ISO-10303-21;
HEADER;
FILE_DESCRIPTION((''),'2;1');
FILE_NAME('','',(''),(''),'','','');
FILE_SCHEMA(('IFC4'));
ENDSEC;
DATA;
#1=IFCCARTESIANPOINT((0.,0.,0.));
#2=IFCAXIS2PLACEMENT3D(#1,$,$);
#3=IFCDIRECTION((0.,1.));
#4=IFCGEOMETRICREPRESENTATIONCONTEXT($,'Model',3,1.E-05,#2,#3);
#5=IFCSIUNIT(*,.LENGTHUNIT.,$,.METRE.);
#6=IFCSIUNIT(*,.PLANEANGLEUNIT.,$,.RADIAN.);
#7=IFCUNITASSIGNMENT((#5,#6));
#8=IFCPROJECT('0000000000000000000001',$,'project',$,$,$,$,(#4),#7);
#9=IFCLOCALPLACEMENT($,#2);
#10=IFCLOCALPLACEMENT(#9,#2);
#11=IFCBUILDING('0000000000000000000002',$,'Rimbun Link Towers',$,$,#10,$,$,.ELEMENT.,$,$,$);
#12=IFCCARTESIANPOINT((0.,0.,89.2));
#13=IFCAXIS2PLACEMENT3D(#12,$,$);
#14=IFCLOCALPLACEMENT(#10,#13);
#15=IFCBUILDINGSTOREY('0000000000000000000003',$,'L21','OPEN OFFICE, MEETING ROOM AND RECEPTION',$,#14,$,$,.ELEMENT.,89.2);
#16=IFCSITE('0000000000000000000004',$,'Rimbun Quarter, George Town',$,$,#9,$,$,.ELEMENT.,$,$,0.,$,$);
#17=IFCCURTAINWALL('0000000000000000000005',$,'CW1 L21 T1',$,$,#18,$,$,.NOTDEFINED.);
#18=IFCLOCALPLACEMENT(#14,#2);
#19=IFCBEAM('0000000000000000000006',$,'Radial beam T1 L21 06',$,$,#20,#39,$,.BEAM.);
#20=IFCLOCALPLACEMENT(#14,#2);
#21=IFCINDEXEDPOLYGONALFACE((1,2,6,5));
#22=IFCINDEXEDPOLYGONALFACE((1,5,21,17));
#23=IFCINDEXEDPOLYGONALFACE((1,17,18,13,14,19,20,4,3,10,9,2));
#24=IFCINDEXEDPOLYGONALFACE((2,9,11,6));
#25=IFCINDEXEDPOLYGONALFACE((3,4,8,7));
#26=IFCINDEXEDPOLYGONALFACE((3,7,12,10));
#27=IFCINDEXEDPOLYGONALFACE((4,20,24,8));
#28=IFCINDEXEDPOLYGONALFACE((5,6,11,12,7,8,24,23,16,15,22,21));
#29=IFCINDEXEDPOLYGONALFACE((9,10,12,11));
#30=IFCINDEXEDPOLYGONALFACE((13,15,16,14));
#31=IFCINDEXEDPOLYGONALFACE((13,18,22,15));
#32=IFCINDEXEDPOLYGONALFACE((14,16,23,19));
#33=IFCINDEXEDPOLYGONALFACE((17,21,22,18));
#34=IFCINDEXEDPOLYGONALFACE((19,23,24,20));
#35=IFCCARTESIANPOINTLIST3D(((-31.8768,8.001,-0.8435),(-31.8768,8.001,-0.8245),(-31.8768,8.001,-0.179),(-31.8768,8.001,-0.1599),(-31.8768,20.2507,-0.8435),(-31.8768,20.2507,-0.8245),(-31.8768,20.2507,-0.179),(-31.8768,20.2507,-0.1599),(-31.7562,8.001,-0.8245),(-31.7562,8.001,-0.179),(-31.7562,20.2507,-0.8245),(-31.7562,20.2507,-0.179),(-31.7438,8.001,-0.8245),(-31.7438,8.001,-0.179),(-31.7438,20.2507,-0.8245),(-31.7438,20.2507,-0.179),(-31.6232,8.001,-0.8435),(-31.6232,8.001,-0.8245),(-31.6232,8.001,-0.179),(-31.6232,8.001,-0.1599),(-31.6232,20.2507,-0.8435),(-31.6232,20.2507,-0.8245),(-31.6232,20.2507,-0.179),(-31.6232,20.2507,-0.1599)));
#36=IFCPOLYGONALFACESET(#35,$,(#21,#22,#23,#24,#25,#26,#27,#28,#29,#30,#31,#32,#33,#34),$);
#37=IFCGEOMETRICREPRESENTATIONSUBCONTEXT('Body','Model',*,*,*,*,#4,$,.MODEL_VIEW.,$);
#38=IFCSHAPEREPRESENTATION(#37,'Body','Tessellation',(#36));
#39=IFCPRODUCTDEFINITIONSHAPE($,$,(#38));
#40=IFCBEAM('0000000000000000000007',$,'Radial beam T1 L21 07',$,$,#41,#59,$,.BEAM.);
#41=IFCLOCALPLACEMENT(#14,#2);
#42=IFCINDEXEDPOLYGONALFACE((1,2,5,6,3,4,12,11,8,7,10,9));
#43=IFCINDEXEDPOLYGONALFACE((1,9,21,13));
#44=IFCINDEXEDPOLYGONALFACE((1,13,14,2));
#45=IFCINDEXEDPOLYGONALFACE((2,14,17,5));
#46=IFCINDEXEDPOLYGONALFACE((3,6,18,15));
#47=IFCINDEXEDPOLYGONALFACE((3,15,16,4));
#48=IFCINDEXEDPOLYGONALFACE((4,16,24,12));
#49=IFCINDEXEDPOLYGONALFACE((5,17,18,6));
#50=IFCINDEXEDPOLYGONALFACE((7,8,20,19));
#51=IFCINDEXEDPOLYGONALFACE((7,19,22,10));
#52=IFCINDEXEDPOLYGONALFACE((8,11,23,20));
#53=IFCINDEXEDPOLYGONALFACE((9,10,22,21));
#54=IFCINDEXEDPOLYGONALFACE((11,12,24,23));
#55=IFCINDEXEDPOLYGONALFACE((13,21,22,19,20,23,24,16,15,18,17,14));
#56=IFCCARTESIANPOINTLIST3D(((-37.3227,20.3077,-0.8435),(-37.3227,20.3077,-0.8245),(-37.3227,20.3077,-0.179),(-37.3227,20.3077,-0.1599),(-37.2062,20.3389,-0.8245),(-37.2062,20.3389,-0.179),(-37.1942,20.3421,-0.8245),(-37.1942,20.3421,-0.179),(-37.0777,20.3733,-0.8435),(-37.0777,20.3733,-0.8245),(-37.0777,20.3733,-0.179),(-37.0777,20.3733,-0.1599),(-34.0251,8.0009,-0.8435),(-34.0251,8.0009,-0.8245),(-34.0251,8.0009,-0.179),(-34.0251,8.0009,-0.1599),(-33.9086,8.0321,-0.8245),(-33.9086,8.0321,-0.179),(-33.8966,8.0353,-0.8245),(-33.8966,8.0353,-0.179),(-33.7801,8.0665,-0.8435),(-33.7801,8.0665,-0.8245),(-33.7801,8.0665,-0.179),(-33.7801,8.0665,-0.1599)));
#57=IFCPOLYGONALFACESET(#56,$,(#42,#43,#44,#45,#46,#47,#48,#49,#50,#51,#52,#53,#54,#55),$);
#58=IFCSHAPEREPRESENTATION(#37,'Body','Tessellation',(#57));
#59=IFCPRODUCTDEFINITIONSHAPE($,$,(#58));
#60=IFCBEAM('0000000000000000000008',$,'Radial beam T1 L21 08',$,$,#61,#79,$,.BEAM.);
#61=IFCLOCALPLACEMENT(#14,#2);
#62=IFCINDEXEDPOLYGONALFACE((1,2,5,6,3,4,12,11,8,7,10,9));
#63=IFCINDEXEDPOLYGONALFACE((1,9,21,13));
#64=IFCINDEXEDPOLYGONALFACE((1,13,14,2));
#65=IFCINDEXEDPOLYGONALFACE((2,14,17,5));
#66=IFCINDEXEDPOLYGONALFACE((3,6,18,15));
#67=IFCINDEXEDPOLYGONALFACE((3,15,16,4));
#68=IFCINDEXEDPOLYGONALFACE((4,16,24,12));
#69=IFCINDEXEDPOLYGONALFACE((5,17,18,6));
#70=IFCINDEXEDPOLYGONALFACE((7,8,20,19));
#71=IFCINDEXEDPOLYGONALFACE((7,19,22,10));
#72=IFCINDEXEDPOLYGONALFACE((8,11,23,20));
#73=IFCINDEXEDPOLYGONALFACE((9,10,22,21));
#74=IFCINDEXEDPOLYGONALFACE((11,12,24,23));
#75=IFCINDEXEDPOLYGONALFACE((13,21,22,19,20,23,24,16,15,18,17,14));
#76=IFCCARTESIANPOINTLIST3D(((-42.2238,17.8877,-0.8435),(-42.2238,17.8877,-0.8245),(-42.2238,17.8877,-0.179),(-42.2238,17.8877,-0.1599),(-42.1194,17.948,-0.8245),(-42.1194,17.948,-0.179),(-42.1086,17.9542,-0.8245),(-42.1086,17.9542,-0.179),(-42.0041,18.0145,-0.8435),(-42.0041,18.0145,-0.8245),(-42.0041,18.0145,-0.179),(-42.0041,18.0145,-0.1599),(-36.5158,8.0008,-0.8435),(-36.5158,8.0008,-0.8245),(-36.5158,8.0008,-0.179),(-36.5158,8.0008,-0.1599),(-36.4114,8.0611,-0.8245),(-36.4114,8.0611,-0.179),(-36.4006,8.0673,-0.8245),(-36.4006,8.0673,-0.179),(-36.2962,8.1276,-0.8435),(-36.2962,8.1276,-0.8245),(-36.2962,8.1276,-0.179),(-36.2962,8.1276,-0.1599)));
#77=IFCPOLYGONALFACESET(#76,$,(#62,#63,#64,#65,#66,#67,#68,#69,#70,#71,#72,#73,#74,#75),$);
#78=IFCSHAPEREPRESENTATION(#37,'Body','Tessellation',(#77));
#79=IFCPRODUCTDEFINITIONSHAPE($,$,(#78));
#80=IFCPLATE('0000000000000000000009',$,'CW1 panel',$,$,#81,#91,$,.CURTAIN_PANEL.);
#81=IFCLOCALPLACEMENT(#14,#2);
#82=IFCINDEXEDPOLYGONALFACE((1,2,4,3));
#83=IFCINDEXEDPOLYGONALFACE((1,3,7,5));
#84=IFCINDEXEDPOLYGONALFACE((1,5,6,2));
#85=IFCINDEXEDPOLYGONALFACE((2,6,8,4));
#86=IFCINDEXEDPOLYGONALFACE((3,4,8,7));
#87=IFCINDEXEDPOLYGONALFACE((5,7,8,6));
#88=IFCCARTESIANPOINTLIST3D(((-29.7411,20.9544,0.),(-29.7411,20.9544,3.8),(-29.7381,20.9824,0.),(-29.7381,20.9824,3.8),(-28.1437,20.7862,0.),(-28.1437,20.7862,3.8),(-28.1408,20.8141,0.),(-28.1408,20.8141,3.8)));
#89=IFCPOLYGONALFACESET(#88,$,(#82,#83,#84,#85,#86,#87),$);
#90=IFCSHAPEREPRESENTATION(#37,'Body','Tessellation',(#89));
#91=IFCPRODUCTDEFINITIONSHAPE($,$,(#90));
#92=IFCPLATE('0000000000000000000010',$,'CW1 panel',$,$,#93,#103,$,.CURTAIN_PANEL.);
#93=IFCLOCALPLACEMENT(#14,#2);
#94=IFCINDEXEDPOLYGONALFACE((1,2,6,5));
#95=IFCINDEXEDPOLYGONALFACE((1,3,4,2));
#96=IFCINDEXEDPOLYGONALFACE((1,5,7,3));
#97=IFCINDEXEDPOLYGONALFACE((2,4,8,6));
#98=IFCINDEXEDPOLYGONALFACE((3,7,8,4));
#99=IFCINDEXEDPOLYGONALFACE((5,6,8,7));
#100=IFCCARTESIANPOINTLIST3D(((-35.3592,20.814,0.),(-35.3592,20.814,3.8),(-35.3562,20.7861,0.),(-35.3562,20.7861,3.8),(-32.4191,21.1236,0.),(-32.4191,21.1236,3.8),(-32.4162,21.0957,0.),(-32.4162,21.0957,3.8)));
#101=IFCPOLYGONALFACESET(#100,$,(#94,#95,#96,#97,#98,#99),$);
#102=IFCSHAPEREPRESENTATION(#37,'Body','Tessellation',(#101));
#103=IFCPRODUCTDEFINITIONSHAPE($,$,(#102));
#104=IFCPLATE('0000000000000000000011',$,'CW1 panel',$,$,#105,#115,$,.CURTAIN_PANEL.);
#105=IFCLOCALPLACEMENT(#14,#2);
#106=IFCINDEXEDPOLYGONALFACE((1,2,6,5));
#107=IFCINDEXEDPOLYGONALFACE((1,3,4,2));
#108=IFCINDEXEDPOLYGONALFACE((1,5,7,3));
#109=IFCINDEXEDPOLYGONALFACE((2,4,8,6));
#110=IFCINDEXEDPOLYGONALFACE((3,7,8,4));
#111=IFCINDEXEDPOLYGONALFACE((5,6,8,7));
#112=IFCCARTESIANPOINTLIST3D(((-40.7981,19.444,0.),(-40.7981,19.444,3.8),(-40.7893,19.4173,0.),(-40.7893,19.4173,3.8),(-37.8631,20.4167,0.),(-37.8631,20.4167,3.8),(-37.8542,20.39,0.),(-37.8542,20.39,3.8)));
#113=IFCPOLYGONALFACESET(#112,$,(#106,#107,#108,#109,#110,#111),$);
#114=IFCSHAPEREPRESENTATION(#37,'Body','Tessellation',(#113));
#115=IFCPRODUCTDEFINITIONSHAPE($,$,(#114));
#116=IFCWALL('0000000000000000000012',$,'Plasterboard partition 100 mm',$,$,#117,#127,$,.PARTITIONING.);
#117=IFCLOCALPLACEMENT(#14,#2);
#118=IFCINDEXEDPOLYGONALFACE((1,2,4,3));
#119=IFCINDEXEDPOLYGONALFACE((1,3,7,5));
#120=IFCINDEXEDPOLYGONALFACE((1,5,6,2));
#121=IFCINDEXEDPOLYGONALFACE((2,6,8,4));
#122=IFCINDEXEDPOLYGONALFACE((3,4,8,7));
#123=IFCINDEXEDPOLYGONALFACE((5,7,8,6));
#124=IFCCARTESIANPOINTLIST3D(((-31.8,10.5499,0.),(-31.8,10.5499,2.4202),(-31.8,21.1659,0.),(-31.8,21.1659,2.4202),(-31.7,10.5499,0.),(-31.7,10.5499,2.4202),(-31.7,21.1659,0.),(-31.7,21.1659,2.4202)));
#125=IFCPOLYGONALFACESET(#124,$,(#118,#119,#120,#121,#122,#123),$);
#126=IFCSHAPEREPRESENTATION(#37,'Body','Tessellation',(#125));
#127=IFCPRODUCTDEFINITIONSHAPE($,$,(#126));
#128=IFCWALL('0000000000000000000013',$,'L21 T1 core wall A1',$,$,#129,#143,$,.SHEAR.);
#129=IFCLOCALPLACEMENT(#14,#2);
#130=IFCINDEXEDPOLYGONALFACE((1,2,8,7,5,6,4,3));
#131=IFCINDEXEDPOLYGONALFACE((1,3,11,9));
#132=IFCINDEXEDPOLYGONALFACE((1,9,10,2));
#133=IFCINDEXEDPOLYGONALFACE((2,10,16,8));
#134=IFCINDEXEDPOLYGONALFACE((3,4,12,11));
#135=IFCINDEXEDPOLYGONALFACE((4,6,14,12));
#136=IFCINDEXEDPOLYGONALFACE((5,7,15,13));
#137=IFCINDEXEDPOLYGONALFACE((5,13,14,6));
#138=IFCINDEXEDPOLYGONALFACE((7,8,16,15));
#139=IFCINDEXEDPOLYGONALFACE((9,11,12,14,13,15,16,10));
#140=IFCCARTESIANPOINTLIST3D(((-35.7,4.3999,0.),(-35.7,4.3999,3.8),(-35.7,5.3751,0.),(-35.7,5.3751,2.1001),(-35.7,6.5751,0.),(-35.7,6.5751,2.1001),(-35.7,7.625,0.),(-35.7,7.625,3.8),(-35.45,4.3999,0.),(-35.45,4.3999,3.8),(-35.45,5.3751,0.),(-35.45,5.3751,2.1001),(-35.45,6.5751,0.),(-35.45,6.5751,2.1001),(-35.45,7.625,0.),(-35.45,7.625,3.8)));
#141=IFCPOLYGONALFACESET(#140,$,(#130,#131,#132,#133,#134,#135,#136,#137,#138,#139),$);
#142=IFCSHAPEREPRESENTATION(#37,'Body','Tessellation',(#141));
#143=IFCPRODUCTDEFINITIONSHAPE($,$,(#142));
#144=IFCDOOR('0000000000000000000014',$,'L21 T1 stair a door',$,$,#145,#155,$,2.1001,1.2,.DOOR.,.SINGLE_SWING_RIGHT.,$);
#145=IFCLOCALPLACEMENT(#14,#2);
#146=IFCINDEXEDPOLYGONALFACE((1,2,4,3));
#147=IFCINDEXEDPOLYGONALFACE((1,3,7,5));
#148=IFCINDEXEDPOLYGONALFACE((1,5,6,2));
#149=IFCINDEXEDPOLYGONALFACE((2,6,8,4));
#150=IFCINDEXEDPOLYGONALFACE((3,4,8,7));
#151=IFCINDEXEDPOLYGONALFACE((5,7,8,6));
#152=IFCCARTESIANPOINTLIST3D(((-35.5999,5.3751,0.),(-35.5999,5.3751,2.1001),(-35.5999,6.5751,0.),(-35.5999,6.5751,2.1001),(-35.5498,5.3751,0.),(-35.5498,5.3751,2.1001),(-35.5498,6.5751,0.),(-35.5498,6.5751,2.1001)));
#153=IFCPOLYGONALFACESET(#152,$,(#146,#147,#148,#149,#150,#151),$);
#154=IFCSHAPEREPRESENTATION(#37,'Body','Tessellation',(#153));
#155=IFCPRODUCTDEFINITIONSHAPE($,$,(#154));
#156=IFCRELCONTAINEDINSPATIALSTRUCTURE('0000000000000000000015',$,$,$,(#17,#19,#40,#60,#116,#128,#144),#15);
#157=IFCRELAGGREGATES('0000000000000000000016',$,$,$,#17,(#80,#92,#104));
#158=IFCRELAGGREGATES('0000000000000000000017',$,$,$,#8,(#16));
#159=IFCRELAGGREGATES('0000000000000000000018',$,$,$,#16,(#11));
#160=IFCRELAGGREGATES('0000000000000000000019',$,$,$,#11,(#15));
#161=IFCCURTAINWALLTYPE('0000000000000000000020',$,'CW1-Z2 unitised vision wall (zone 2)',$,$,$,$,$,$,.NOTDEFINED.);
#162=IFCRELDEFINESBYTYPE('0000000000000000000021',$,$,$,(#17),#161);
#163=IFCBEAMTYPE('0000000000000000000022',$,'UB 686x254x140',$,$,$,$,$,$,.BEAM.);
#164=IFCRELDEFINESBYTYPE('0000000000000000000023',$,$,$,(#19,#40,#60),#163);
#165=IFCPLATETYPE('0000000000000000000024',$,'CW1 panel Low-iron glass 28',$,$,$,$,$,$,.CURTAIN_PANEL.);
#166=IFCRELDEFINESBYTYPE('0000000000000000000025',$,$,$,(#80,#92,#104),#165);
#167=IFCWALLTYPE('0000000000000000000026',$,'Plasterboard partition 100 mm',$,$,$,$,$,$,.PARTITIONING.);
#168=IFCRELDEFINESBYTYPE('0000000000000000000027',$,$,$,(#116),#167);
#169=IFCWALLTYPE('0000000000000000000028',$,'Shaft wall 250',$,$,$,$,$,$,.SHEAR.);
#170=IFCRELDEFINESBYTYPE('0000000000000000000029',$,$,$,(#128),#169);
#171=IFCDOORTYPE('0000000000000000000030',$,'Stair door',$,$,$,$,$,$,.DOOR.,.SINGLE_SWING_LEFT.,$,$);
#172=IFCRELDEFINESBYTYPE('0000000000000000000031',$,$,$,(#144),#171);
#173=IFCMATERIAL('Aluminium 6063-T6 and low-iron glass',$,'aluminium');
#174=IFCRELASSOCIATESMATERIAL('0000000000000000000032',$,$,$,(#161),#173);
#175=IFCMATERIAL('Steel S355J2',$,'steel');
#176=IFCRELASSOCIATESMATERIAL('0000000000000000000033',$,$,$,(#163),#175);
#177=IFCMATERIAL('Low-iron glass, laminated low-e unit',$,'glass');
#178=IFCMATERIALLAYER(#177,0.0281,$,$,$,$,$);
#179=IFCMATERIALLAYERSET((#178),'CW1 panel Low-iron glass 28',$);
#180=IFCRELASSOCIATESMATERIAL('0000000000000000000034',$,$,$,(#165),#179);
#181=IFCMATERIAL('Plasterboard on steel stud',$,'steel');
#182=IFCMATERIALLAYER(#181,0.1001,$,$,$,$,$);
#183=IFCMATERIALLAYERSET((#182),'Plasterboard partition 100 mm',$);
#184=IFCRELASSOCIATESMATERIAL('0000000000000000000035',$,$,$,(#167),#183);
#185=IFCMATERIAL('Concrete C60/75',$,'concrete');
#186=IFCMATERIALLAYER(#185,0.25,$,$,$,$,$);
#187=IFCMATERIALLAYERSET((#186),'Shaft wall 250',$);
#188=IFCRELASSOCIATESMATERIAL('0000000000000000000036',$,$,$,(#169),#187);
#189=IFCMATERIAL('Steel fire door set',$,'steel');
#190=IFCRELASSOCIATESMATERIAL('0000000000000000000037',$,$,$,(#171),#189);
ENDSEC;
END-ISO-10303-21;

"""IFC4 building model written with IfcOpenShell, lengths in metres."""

from ifc_helpers import new_model, si_unit, direction, frame, frame_2d, origin, origin_2d, place, context, subcontext, project, spatial, rectangle, i_section, extrude, material, layer, layer_set, material_profile, profile_set, type_object, element, fill, aggregate, save


model = new_model("IFC4")

# Units and contexts
model_context = context("Model", 3, precision=1e-05, world=origin(), true_north=direction((0.0, 1.0)))
body_context = subcontext(model_context, "Body", "Model", "MODEL_VIEW")
ifc_project = project(units=[si_unit("LENGTHUNIT", "METRE"), si_unit("PLANEANGLEUNIT", "RADIAN")], contexts=[model_context])

# Site, building, storey
site_placement = place(None, origin())
site = spatial("IfcSite", under=ifc_project, at=site_placement, Name="Rimbun Quarter, George Town", CompositionType="ELEMENT", RefElevation=0.0)
building_placement = place(site_placement, origin())
building = spatial("IfcBuilding", under=site, at=building_placement, Name="Rimbun Link Towers", CompositionType="ELEMENT")
storey_placement = place(building_placement, frame((0.0, 0.0, 89.2)))
storey = spatial("IfcBuildingStorey", under=building, at=storey_placement, Name="L21", Description="OPEN OFFICE, MEETING ROOM AND RECEPTION", CompositionType="ELEMENT", Elevation=89.2)

# Curtain wall
ifc_material_1 = material(Name="Aluminium 6063-T6 and low-iron glass", Category="aluminium")
curtain_wall_type = type_object("IfcCurtainWallType", Name="CW1-Z2 unitised vision wall (zone 2)", PredefinedType="NOTDEFINED", material=ifc_material_1)
curtain_wall_placement = place(storey_placement, origin())
curtain_wall = element("IfcCurtainWall", 1, at=curtain_wall_placement, inside=storey, type_object=curtain_wall_type, Name="CW1 L21 T1", PredefinedType="NOTDEFINED")

# Beams
ifc_material_2 = material(Name="Steel S355J2", Category="steel")
ifc_material_profile_1 = material_profile(ifc_material_2, i_section(OverallWidth=0.2537, OverallDepth=0.6836, WebThickness=0.0125, FlangeThickness=0.019, at=origin_2d()), Name="UB 686x254x140")
ifc_profile_set_1 = profile_set([ifc_material_profile_1], Name="Steel S355J2")
beam_type_1 = type_object("IfcBeamType", Name="UB 686x254x140", PredefinedType="BEAM", material=ifc_profile_set_1)
beam_1_placement = place(storey_placement, frame((-31.75, 8.001, -0.5017), z_axis=(0.0, 1.0, 0.0), x_axis=(-1.0, 0.0, 0.0)))
element("IfcBeam", 2, at=beam_1_placement, inside=storey, type_object=beam_type_1, Name="Radial beam T1 L21 06", PredefinedType="BEAM", context=body_context, shape_type="SweptSolid", body=[
    extrude(i_section(OverallWidth=0.2537, OverallDepth=0.6836, WebThickness=0.0125, FlangeThickness=0.019, at=origin_2d()), origin(), (0.0, 0.0, 1.0), 12.2498),
])
beam_2_placement = place(storey_placement, frame((-33.9026, 8.0337, -0.5017), z_axis=(-0.258818, 0.965926, 0.0), x_axis=(-0.965926, -0.258818, 0.0)))
element("IfcBeam", 3, at=beam_2_placement, inside=storey, type_object=beam_type_1, Name="Radial beam T1 L21 07", PredefinedType="BEAM", context=body_context, shape_type="SweptSolid", body=[
    extrude(i_section(OverallWidth=0.2537, OverallDepth=0.6836, WebThickness=0.0125, FlangeThickness=0.019, at=origin_2d()), origin(), (0.0, 0.0, 1.0), 12.741),
])
beam_3_placement = place(storey_placement, frame((-36.406, 8.0642, -0.5017), z_axis=(-0.499985, 0.866034, 0.0), x_axis=(-0.866034, -0.499985, 0.0)))
element("IfcBeam", 4, at=beam_3_placement, inside=storey, type_object=beam_type_1, Name="Radial beam T1 L21 08", PredefinedType="BEAM", context=body_context, shape_type="SweptSolid", body=[
    extrude(i_section(OverallWidth=0.2537, OverallDepth=0.6836, WebThickness=0.0125, FlangeThickness=0.019, at=origin_2d()), origin(), (0.0, 0.0, 1.0), 11.4163),
])

# Plates
ifc_material_3 = material(Name="Low-iron glass, laminated low-e unit", Category="glass")
ifc_layer_1 = layer(ifc_material_3, 0.0281)
ifc_layer_set_1 = layer_set([ifc_layer_1], Name="CW1 panel Low-iron glass 28")
plate_type = type_object("IfcPlateType", Name="CW1 panel Low-iron glass 28", PredefinedType="CURTAIN_PANEL", material=ifc_layer_set_1)
plate_1_placement = place(storey_placement, frame((-28.9409, 20.8843, 0.0), z_axis=(0.0, 0.0, 1.0), x_axis=(0.9945, -0.104736, 0.0)))
plate_1 = element("IfcPlate", 5, at=plate_1_placement, type_object=plate_type, Name="CW1 panel", PredefinedType="CURTAIN_PANEL", context=body_context, shape_type="SweptSolid", body=[
    extrude(rectangle(XDim=1.6062, YDim=0.0281, at=origin_2d()), origin(), (0.0, 0.0, 1.0), 3.8),
])
plate_2_placement = place(storey_placement, frame((-33.8877, 20.9548, 0.0), z_axis=(0.0, 0.0, 1.0), x_axis=(0.9945, 0.104736, 0.0)))
plate_2 = element("IfcPlate", 6, at=plate_2_placement, type_object=plate_type, Name="CW1 panel", PredefinedType="CURTAIN_PANEL", context=body_context, shape_type="SweptSolid", body=[
    extrude(rectangle(XDim=2.9563, YDim=0.0281, at=origin_2d()), origin(), (0.0, 0.0, 1.0), 3.8),
])
plate_3_placement = place(storey_placement, frame((-39.3262, 19.917, 0.0), z_axis=(0.0, 0.0, 1.0), x_axis=(0.949232, 0.314576, 0.0)))
plate_3 = element("IfcPlate", 7, at=plate_3_placement, type_object=plate_type, Name="CW1 panel", PredefinedType="CURTAIN_PANEL", context=body_context, shape_type="SweptSolid", body=[
    extrude(rectangle(XDim=3.092, YDim=0.0281, at=origin_2d()), origin(), (0.0, 0.0, 1.0), 3.8),
])
aggregate(curtain_wall, [plate_1, plate_2, plate_3])

# Wall
ifc_material_4 = material(Name="Plasterboard on steel stud", Category="steel")
ifc_layer_2 = layer(ifc_material_4, 0.1001)
ifc_layer_set_2 = layer_set([ifc_layer_2], Name="Plasterboard partition 100 mm")
wall_type_1 = type_object("IfcWallType", Name="Plasterboard partition 100 mm", PredefinedType="PARTITIONING", material=ifc_layer_set_2)
wall_1_placement = place(storey_placement, frame((-31.75, 21.166, 0.0), z_axis=(0.0, 0.0, 1.0), x_axis=(0.0, -1.0, 0.0)))
element("IfcWall", 8, at=wall_1_placement, inside=storey, type_object=wall_type_1, Name="Plasterboard partition 100 mm", PredefinedType="PARTITIONING", context=body_context, shape_type="SweptSolid", body=[
    extrude(rectangle(XDim=10.616, YDim=0.1001, at=frame_2d((5.3081, 0.0))), origin(), (0.0, 0.0, 1.0), 2.4202),
])

# Wall, opening, door
ifc_material_5 = material(Name="Concrete C60/75", Category="concrete")
ifc_layer_3 = layer(ifc_material_5, 0.25)
ifc_layer_set_3 = layer_set([ifc_layer_3], Name="Shaft wall 250")
wall_type_2 = type_object("IfcWallType", Name="Shaft wall 250", PredefinedType="SHEAR", material=ifc_layer_set_3)
wall_2_placement = place(storey_placement, frame((-35.575, 4.3999, 0.0), z_axis=(0.0, 0.0, 1.0), x_axis=(0.0, 1.0, 0.0)))
wall_2 = element("IfcWall", 9, at=wall_2_placement, inside=storey, type_object=wall_type_2, Name="L21 T1 core wall A1", PredefinedType="SHEAR", context=body_context, shape_type="SweptSolid", body=[
    extrude(rectangle(XDim=3.2251, YDim=0.25, at=frame_2d((1.6125, 0.0))), origin(), (0.0, 0.0, 1.0), 3.8),
])
opening_1_placement = place(wall_2_placement, frame((0.9751, 0.0, 0.0)))
opening_1 = element("IfcOpeningElement", 10, at=opening_1_placement, cuts=wall_2, PredefinedType="OPENING", context=body_context, shape_type="SweptSolid", body=[
    extrude(rectangle(XDim=1.2, YDim=2.1001, at=frame_2d((0.6001, 1.05))), frame((0.0, 0.135, 0.0), z_axis=(0.0, -1.0, 0.0), x_axis=(1.0, 0.0, 0.0)), (0.0, 0.0, 1.0), 0.27),
])
ifc_material_6 = material(Name="Steel fire door set", Category="steel")
door_type_1 = type_object("IfcDoorType", Name="Stair door", OperationType="SINGLE_SWING_LEFT", PredefinedType="DOOR", material=ifc_material_6)
door_1_placement = place(opening_1_placement, origin())
door_1 = element("IfcDoor", 11, at=door_1_placement, inside=storey, type_object=door_type_1, Name="L21 T1 stair a door", OperationType="SINGLE_SWING_RIGHT", OverallHeight=2.1001, OverallWidth=1.2, PredefinedType="DOOR", context=body_context, shape_type="SweptSolid", body=[
    extrude(rectangle(XDim=1.2, YDim=2.1001, at=frame_2d((0.6001, 1.05))), frame((0.0, 0.0249, 0.0), z_axis=(0.0, -1.0, 0.0), x_axis=(1.0, 0.0, 0.0)), (0.0, 0.0, 1.0), 0.05),
])
fill(opening_1, door_1)

save(model, "model.ifc")
